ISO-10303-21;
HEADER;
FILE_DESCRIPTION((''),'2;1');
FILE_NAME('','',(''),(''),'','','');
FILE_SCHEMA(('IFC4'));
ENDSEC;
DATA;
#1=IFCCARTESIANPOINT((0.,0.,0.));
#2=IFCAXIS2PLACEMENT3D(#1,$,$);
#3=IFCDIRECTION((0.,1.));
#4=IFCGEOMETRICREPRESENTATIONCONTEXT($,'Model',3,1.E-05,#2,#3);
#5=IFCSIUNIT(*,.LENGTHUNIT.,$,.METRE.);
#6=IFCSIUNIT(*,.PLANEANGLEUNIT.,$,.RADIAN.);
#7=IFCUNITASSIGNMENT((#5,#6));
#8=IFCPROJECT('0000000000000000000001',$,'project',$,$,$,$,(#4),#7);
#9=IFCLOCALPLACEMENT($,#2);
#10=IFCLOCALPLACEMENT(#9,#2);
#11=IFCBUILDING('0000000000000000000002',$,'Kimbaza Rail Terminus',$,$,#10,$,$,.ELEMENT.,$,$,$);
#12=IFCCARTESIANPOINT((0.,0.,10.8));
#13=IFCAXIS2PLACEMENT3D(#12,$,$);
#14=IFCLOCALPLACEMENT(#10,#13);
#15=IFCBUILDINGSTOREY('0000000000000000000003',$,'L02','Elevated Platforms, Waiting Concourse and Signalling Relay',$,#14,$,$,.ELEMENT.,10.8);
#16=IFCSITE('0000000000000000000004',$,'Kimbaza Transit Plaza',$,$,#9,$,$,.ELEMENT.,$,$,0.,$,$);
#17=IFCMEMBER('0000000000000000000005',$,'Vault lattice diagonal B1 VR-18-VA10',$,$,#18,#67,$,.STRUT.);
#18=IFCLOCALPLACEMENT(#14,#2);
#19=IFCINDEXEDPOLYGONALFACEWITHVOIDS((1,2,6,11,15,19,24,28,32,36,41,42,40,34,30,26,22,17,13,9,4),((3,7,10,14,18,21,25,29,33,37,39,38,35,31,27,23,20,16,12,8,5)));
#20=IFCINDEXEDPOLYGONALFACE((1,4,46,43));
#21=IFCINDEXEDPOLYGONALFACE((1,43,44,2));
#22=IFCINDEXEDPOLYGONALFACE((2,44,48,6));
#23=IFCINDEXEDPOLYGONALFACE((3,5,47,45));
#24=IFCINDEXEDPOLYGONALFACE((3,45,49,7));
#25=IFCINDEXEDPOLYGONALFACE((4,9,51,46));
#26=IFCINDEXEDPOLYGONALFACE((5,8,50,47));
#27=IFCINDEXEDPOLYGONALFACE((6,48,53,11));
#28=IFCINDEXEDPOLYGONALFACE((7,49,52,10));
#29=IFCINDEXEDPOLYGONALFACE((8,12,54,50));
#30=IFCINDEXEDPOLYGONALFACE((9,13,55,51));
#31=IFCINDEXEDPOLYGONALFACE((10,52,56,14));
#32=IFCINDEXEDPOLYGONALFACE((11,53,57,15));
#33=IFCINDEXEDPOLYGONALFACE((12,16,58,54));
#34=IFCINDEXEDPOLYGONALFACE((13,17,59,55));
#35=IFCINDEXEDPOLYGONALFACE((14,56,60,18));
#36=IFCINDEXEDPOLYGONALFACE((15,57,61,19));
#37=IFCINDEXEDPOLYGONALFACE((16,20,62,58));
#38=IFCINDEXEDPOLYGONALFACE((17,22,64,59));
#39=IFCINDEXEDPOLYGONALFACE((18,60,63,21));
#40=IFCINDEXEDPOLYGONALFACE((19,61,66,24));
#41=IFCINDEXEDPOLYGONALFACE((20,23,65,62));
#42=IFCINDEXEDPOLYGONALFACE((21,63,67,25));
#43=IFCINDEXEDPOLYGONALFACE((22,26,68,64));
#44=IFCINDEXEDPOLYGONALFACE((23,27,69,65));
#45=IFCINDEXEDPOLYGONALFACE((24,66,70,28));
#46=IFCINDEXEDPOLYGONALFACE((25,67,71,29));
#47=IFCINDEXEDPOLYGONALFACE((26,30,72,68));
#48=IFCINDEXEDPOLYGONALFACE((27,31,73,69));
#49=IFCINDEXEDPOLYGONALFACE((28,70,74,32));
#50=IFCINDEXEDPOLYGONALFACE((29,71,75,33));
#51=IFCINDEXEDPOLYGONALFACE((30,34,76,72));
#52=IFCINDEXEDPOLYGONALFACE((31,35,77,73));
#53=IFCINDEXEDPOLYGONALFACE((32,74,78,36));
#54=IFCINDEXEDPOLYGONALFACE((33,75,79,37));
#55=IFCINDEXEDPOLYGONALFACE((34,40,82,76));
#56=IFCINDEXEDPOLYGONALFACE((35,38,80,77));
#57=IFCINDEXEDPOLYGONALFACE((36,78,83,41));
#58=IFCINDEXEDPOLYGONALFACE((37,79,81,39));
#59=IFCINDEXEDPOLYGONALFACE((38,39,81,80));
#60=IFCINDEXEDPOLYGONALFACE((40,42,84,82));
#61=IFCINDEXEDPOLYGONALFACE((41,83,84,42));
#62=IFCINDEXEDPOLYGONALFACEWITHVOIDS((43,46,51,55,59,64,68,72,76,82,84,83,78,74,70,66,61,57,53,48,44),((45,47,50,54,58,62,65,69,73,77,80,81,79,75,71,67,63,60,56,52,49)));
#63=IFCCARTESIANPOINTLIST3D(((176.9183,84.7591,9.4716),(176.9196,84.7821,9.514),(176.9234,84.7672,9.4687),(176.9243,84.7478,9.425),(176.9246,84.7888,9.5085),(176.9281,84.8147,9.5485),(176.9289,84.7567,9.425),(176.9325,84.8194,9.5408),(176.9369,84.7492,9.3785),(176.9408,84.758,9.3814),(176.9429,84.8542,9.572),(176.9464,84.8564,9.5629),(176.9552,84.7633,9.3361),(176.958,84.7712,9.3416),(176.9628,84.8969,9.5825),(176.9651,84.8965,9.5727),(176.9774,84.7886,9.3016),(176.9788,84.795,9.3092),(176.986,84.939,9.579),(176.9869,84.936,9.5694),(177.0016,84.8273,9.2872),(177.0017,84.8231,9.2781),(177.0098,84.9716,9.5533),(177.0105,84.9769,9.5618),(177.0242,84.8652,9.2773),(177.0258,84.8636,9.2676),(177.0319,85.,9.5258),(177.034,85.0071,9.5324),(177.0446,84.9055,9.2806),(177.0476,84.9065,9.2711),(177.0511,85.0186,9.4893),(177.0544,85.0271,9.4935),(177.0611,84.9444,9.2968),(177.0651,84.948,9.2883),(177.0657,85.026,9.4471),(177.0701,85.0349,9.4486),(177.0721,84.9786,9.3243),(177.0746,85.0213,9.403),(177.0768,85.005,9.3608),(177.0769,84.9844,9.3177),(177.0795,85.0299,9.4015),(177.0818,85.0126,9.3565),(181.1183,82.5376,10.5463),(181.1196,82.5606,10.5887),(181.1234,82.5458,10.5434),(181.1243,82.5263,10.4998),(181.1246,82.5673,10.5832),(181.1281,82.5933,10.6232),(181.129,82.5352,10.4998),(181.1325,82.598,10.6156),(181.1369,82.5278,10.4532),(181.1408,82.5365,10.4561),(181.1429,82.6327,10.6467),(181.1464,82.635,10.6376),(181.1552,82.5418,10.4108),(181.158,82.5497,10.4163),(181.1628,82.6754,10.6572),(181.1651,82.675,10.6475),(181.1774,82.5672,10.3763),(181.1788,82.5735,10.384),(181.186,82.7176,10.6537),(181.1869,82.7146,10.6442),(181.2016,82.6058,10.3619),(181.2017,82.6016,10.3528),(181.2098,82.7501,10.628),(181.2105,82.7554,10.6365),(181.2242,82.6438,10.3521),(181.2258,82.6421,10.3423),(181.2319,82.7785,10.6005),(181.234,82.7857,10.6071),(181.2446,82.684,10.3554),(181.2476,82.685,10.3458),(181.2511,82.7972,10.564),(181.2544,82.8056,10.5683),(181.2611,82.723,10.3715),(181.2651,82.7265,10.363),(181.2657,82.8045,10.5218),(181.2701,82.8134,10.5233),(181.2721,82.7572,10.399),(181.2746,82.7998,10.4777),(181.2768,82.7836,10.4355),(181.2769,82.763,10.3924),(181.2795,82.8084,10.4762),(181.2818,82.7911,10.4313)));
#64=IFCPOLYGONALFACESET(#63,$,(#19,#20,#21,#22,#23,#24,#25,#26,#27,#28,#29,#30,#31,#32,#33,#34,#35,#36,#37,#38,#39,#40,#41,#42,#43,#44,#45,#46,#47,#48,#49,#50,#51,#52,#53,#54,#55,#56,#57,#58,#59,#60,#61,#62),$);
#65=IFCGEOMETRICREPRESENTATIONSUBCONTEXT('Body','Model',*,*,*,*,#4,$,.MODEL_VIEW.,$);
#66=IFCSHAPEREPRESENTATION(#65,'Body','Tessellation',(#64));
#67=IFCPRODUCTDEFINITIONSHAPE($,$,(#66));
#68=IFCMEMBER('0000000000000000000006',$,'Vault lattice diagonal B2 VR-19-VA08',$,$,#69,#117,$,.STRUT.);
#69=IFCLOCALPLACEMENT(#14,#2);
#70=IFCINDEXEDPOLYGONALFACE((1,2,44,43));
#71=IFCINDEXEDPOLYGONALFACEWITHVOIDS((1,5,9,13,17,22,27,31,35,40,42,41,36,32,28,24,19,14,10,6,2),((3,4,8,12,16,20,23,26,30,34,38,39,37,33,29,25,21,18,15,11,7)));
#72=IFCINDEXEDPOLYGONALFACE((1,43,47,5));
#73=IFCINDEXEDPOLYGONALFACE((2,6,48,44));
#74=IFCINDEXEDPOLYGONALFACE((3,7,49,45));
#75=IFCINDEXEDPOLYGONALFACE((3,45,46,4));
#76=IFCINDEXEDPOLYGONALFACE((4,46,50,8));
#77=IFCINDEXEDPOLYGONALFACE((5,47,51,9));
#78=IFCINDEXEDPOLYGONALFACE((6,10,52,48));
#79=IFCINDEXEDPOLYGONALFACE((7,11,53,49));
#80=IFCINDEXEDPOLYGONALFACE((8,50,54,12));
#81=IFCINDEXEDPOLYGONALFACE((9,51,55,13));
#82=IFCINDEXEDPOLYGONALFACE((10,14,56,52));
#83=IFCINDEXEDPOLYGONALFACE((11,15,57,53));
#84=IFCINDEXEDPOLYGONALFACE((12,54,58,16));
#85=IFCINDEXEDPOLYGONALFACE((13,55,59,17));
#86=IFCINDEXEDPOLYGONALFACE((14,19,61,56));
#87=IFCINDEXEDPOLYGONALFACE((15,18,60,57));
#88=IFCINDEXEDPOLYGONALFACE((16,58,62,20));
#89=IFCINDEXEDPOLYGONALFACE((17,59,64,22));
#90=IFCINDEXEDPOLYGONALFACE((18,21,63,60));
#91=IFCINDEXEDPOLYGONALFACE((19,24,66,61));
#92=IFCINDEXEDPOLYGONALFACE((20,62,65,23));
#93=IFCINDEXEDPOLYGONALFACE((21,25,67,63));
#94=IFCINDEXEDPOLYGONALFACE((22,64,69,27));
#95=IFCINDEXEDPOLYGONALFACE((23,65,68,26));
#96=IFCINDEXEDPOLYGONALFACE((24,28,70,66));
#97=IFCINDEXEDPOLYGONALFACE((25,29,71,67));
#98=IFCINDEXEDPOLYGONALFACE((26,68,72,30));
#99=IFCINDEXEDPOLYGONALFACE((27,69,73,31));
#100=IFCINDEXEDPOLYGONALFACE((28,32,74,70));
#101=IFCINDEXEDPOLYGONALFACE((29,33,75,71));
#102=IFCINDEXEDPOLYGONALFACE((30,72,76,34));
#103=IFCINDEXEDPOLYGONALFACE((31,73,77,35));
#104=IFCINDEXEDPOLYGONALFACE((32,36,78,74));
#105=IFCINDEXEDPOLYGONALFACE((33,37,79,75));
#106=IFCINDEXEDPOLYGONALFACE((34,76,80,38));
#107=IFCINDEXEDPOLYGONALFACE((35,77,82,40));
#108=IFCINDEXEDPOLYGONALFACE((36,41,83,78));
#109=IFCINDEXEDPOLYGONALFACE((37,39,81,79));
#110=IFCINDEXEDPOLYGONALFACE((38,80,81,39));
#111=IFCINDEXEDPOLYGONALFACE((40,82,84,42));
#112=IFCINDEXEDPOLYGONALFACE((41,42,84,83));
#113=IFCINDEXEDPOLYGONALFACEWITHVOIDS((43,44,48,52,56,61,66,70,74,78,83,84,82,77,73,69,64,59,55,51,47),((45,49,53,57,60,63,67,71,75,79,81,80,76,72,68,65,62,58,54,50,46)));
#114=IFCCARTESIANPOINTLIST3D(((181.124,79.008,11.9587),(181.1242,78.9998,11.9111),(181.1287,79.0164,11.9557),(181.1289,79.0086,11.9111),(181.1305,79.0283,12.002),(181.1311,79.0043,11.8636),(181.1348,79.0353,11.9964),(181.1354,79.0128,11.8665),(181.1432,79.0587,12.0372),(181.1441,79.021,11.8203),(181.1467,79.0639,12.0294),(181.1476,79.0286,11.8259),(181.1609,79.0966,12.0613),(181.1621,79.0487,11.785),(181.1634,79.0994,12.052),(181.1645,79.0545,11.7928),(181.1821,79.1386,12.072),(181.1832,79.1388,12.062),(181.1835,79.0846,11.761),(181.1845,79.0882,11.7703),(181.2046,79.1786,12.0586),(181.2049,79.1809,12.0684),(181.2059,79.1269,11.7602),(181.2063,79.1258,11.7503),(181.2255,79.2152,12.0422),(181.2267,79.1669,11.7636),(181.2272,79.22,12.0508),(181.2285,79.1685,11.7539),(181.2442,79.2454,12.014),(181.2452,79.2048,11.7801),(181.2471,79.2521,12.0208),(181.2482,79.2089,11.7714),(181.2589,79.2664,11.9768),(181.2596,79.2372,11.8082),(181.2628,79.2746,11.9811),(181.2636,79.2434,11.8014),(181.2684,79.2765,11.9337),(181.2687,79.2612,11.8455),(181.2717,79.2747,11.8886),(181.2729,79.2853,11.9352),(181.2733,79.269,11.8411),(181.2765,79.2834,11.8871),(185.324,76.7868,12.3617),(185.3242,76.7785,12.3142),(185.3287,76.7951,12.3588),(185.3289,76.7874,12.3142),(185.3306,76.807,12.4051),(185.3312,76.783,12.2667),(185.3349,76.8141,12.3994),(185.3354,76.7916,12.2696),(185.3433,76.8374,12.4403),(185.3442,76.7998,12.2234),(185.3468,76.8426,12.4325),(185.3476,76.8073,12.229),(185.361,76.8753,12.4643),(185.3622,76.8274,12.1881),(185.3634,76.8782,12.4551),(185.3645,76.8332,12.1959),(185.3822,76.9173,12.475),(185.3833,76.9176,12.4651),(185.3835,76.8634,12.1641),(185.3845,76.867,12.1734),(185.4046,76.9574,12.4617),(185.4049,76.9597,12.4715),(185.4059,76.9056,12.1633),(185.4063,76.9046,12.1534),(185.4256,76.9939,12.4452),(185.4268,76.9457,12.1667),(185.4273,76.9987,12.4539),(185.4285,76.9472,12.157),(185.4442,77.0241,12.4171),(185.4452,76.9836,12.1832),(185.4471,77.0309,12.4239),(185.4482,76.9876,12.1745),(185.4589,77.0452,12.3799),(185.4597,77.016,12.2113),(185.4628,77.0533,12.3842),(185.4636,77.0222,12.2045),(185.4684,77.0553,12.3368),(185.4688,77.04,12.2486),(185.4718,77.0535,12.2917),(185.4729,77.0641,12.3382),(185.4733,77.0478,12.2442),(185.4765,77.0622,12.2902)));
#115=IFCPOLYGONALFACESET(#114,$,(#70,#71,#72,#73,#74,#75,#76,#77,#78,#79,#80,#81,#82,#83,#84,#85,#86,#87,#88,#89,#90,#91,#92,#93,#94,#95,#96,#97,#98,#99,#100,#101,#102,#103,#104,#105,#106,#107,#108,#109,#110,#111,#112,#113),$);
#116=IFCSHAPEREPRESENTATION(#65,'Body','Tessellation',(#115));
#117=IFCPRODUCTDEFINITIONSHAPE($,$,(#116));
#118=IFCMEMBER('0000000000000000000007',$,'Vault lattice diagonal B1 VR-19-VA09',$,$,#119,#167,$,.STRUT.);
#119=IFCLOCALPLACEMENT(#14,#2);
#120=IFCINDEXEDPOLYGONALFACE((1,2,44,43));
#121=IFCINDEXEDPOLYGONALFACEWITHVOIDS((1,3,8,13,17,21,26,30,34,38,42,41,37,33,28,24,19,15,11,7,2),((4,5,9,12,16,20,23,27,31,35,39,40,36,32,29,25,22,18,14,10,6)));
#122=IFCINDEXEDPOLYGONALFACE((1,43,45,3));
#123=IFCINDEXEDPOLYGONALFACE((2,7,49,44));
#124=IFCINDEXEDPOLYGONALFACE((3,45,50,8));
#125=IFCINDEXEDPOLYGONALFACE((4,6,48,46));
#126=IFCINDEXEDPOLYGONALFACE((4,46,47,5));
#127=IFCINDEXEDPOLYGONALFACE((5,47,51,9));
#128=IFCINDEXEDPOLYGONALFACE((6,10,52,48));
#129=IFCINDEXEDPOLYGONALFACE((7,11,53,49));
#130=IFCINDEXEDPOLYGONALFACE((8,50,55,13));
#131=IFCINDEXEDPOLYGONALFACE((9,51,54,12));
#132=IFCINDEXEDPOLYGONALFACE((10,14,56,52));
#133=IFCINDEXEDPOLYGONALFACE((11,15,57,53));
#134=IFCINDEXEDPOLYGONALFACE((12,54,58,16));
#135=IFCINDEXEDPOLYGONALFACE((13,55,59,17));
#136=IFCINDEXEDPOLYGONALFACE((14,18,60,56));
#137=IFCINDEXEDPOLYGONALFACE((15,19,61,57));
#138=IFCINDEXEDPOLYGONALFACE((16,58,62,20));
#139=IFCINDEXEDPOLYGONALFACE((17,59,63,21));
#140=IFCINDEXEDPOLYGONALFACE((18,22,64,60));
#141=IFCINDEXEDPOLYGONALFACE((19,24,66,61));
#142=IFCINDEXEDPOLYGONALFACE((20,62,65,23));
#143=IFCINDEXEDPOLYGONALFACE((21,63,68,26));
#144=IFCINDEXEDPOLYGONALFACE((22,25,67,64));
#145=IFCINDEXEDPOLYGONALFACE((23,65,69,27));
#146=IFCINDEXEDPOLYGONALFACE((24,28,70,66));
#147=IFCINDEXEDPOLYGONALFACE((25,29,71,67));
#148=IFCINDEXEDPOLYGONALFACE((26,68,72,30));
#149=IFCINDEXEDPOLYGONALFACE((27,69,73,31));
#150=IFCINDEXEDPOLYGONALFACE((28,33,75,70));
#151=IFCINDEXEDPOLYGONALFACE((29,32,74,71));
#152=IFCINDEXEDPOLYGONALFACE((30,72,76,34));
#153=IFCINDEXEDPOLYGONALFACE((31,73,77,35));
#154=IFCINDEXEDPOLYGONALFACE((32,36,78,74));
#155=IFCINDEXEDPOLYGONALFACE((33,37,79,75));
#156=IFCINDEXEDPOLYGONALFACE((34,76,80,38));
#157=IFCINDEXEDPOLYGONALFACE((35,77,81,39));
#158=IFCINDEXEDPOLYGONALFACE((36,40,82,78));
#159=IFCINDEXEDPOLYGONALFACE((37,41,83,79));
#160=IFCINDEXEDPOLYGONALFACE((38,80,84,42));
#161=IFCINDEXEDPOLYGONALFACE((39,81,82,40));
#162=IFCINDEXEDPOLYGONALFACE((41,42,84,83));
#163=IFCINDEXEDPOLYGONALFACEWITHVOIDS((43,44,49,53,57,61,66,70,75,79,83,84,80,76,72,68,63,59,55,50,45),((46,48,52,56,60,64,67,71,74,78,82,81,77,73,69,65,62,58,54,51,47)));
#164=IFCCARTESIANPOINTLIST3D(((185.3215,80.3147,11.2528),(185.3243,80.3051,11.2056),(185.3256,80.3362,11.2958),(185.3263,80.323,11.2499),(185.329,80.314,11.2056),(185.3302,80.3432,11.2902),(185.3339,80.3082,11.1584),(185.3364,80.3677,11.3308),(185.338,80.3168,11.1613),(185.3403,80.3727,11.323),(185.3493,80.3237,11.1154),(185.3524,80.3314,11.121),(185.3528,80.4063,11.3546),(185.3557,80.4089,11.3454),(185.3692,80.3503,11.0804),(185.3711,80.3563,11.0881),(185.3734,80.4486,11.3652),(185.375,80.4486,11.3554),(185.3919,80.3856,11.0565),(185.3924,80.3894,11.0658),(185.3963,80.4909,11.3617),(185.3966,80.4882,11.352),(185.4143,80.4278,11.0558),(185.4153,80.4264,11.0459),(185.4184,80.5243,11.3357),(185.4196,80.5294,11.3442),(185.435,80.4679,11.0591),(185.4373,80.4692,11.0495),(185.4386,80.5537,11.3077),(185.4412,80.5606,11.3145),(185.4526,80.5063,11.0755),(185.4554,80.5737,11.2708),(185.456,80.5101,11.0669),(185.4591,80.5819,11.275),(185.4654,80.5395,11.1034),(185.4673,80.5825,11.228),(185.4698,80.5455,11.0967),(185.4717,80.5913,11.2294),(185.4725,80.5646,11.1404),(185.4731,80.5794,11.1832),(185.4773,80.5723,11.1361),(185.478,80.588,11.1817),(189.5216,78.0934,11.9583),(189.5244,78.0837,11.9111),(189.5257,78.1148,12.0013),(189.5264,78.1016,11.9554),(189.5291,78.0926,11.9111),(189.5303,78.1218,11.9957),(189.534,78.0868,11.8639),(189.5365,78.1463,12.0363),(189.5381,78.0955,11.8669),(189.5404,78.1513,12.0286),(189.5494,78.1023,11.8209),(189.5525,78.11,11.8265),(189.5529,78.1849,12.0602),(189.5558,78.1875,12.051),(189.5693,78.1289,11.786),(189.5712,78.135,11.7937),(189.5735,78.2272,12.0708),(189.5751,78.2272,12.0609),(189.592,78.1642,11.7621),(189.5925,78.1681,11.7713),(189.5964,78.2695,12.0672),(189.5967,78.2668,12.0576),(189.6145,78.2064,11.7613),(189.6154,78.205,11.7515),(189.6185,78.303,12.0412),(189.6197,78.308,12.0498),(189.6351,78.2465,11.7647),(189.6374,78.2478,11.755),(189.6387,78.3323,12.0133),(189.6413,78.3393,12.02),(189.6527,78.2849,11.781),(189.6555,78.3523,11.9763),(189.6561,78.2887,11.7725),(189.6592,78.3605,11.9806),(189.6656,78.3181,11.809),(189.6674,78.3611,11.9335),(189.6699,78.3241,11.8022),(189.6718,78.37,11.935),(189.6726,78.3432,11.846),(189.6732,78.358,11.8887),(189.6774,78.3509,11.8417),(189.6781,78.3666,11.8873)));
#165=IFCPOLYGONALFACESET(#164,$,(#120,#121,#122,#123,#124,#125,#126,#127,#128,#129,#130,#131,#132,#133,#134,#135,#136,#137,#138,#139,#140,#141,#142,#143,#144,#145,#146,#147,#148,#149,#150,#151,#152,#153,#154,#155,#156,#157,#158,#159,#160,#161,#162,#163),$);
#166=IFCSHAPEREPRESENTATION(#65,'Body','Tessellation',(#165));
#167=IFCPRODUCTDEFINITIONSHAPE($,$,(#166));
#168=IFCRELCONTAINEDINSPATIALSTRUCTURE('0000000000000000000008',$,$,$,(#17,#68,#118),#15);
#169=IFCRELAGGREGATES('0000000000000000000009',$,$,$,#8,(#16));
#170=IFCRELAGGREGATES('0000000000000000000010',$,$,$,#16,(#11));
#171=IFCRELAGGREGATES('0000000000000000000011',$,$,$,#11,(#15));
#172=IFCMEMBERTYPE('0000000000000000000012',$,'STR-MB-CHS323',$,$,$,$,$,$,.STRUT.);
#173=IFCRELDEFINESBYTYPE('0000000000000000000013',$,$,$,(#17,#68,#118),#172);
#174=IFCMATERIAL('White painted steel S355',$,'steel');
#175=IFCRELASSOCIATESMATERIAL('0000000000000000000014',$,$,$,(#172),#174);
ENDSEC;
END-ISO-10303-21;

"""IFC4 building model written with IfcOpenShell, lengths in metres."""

from ifc_helpers import new_model, si_unit, direction, frame, origin, origin_2d, place, context, subcontext, project, spatial, hollow_circle, extrude, material, material_profile, profile_set, type_object, element, save


model = new_model("IFC4")

# Units and contexts
model_context = context("Model", 3, precision=1e-05, world=origin(), true_north=direction((0.0, 1.0)))
body_context = subcontext(model_context, "Body", "Model", "MODEL_VIEW")
ifc_project = project(units=[si_unit("LENGTHUNIT", "METRE"), si_unit("PLANEANGLEUNIT", "RADIAN")], contexts=[model_context])

# Site, building, storey
site_placement = place(None, origin())
site = spatial("IfcSite", under=ifc_project, at=site_placement, Name="Kimbaza Transit Plaza", CompositionType="ELEMENT", RefElevation=0.0)
building_placement = place(site_placement, origin())
building = spatial("IfcBuilding", under=site, at=building_placement, Name="Kimbaza Rail Terminus", CompositionType="ELEMENT")
storey_placement = place(building_placement, frame((0.0, 0.0, 10.8)))
storey = spatial("IfcBuildingStorey", under=building, at=storey_placement, Name="L02", Description="Elevated Platforms, Waiting Concourse and Signalling Relay", CompositionType="ELEMENT", Elevation=10.8)

# Members
ifc_material_1 = material(Name="White painted steel S355", Category="steel")
ifc_material_profile_1 = material_profile(ifc_material_1, hollow_circle(Radius=0.1619, WallThickness=0.01, at=origin_2d()), Name="CHS 323.9x10")
ifc_profile_set_1 = profile_set([ifc_material_profile_1], Name="White painted steel S355")
member_type_1 = type_object("IfcMemberType", Name="STR-MB-CHS323", PredefinedType="STRUT", material=ifc_profile_set_1)
member_1_placement = place(storey_placement, frame((181.2, 82.6694, 10.4998), z_axis=(-0.862187, 0.456027, -0.220621), x_axis=(-0.467548, -0.883968, 0.0)))
element("IfcMember", 1, at=member_1_placement, inside=storey, type_object=member_type_1, Name="Vault lattice diagonal B1 VR-18-VA10", PredefinedType="STRUT", context=body_context, shape_type="SweptSolid", body=[
    extrude(hollow_circle(Radius=0.1619, WallThickness=0.01, at=origin_2d()), origin(), (0.0, 0.0, 1.0), 4.8713),
])
member_2_placement = place(storey_placement, frame((185.3999, 76.9216, 12.3142), z_axis=(-0.880825, 0.465834, -0.084534), x_axis=(-0.467508, -0.883989, 0.0)))
element("IfcMember", 2, at=member_2_placement, inside=storey, type_object=member_type_1, Name="Vault lattice diagonal B2 VR-19-VA08", PredefinedType="STRUT", context=body_context, shape_type="SweptSolid", body=[
    extrude(hollow_circle(Radius=0.1619, WallThickness=0.01, at=origin_2d()), origin(), (0.0, 0.0, 1.0), 4.7683),
])
member_3_placement = place(storey_placement, frame((189.6001, 78.2268, 11.9111), z_axis=(-0.874391, 0.462456, -0.146884), x_axis=(-0.467526, -0.883979, 0.0)))
element("IfcMember", 3, at=member_3_placement, inside=storey, type_object=member_type_1, Name="Vault lattice diagonal B1 VR-19-VA09", PredefinedType="STRUT", context=body_context, shape_type="SweptSolid", body=[
    extrude(hollow_circle(Radius=0.1619, WallThickness=0.01, at=origin_2d()), origin(), (0.0, 0.0, 1.0), 4.8035),
])

save(model, "model.ifc")
